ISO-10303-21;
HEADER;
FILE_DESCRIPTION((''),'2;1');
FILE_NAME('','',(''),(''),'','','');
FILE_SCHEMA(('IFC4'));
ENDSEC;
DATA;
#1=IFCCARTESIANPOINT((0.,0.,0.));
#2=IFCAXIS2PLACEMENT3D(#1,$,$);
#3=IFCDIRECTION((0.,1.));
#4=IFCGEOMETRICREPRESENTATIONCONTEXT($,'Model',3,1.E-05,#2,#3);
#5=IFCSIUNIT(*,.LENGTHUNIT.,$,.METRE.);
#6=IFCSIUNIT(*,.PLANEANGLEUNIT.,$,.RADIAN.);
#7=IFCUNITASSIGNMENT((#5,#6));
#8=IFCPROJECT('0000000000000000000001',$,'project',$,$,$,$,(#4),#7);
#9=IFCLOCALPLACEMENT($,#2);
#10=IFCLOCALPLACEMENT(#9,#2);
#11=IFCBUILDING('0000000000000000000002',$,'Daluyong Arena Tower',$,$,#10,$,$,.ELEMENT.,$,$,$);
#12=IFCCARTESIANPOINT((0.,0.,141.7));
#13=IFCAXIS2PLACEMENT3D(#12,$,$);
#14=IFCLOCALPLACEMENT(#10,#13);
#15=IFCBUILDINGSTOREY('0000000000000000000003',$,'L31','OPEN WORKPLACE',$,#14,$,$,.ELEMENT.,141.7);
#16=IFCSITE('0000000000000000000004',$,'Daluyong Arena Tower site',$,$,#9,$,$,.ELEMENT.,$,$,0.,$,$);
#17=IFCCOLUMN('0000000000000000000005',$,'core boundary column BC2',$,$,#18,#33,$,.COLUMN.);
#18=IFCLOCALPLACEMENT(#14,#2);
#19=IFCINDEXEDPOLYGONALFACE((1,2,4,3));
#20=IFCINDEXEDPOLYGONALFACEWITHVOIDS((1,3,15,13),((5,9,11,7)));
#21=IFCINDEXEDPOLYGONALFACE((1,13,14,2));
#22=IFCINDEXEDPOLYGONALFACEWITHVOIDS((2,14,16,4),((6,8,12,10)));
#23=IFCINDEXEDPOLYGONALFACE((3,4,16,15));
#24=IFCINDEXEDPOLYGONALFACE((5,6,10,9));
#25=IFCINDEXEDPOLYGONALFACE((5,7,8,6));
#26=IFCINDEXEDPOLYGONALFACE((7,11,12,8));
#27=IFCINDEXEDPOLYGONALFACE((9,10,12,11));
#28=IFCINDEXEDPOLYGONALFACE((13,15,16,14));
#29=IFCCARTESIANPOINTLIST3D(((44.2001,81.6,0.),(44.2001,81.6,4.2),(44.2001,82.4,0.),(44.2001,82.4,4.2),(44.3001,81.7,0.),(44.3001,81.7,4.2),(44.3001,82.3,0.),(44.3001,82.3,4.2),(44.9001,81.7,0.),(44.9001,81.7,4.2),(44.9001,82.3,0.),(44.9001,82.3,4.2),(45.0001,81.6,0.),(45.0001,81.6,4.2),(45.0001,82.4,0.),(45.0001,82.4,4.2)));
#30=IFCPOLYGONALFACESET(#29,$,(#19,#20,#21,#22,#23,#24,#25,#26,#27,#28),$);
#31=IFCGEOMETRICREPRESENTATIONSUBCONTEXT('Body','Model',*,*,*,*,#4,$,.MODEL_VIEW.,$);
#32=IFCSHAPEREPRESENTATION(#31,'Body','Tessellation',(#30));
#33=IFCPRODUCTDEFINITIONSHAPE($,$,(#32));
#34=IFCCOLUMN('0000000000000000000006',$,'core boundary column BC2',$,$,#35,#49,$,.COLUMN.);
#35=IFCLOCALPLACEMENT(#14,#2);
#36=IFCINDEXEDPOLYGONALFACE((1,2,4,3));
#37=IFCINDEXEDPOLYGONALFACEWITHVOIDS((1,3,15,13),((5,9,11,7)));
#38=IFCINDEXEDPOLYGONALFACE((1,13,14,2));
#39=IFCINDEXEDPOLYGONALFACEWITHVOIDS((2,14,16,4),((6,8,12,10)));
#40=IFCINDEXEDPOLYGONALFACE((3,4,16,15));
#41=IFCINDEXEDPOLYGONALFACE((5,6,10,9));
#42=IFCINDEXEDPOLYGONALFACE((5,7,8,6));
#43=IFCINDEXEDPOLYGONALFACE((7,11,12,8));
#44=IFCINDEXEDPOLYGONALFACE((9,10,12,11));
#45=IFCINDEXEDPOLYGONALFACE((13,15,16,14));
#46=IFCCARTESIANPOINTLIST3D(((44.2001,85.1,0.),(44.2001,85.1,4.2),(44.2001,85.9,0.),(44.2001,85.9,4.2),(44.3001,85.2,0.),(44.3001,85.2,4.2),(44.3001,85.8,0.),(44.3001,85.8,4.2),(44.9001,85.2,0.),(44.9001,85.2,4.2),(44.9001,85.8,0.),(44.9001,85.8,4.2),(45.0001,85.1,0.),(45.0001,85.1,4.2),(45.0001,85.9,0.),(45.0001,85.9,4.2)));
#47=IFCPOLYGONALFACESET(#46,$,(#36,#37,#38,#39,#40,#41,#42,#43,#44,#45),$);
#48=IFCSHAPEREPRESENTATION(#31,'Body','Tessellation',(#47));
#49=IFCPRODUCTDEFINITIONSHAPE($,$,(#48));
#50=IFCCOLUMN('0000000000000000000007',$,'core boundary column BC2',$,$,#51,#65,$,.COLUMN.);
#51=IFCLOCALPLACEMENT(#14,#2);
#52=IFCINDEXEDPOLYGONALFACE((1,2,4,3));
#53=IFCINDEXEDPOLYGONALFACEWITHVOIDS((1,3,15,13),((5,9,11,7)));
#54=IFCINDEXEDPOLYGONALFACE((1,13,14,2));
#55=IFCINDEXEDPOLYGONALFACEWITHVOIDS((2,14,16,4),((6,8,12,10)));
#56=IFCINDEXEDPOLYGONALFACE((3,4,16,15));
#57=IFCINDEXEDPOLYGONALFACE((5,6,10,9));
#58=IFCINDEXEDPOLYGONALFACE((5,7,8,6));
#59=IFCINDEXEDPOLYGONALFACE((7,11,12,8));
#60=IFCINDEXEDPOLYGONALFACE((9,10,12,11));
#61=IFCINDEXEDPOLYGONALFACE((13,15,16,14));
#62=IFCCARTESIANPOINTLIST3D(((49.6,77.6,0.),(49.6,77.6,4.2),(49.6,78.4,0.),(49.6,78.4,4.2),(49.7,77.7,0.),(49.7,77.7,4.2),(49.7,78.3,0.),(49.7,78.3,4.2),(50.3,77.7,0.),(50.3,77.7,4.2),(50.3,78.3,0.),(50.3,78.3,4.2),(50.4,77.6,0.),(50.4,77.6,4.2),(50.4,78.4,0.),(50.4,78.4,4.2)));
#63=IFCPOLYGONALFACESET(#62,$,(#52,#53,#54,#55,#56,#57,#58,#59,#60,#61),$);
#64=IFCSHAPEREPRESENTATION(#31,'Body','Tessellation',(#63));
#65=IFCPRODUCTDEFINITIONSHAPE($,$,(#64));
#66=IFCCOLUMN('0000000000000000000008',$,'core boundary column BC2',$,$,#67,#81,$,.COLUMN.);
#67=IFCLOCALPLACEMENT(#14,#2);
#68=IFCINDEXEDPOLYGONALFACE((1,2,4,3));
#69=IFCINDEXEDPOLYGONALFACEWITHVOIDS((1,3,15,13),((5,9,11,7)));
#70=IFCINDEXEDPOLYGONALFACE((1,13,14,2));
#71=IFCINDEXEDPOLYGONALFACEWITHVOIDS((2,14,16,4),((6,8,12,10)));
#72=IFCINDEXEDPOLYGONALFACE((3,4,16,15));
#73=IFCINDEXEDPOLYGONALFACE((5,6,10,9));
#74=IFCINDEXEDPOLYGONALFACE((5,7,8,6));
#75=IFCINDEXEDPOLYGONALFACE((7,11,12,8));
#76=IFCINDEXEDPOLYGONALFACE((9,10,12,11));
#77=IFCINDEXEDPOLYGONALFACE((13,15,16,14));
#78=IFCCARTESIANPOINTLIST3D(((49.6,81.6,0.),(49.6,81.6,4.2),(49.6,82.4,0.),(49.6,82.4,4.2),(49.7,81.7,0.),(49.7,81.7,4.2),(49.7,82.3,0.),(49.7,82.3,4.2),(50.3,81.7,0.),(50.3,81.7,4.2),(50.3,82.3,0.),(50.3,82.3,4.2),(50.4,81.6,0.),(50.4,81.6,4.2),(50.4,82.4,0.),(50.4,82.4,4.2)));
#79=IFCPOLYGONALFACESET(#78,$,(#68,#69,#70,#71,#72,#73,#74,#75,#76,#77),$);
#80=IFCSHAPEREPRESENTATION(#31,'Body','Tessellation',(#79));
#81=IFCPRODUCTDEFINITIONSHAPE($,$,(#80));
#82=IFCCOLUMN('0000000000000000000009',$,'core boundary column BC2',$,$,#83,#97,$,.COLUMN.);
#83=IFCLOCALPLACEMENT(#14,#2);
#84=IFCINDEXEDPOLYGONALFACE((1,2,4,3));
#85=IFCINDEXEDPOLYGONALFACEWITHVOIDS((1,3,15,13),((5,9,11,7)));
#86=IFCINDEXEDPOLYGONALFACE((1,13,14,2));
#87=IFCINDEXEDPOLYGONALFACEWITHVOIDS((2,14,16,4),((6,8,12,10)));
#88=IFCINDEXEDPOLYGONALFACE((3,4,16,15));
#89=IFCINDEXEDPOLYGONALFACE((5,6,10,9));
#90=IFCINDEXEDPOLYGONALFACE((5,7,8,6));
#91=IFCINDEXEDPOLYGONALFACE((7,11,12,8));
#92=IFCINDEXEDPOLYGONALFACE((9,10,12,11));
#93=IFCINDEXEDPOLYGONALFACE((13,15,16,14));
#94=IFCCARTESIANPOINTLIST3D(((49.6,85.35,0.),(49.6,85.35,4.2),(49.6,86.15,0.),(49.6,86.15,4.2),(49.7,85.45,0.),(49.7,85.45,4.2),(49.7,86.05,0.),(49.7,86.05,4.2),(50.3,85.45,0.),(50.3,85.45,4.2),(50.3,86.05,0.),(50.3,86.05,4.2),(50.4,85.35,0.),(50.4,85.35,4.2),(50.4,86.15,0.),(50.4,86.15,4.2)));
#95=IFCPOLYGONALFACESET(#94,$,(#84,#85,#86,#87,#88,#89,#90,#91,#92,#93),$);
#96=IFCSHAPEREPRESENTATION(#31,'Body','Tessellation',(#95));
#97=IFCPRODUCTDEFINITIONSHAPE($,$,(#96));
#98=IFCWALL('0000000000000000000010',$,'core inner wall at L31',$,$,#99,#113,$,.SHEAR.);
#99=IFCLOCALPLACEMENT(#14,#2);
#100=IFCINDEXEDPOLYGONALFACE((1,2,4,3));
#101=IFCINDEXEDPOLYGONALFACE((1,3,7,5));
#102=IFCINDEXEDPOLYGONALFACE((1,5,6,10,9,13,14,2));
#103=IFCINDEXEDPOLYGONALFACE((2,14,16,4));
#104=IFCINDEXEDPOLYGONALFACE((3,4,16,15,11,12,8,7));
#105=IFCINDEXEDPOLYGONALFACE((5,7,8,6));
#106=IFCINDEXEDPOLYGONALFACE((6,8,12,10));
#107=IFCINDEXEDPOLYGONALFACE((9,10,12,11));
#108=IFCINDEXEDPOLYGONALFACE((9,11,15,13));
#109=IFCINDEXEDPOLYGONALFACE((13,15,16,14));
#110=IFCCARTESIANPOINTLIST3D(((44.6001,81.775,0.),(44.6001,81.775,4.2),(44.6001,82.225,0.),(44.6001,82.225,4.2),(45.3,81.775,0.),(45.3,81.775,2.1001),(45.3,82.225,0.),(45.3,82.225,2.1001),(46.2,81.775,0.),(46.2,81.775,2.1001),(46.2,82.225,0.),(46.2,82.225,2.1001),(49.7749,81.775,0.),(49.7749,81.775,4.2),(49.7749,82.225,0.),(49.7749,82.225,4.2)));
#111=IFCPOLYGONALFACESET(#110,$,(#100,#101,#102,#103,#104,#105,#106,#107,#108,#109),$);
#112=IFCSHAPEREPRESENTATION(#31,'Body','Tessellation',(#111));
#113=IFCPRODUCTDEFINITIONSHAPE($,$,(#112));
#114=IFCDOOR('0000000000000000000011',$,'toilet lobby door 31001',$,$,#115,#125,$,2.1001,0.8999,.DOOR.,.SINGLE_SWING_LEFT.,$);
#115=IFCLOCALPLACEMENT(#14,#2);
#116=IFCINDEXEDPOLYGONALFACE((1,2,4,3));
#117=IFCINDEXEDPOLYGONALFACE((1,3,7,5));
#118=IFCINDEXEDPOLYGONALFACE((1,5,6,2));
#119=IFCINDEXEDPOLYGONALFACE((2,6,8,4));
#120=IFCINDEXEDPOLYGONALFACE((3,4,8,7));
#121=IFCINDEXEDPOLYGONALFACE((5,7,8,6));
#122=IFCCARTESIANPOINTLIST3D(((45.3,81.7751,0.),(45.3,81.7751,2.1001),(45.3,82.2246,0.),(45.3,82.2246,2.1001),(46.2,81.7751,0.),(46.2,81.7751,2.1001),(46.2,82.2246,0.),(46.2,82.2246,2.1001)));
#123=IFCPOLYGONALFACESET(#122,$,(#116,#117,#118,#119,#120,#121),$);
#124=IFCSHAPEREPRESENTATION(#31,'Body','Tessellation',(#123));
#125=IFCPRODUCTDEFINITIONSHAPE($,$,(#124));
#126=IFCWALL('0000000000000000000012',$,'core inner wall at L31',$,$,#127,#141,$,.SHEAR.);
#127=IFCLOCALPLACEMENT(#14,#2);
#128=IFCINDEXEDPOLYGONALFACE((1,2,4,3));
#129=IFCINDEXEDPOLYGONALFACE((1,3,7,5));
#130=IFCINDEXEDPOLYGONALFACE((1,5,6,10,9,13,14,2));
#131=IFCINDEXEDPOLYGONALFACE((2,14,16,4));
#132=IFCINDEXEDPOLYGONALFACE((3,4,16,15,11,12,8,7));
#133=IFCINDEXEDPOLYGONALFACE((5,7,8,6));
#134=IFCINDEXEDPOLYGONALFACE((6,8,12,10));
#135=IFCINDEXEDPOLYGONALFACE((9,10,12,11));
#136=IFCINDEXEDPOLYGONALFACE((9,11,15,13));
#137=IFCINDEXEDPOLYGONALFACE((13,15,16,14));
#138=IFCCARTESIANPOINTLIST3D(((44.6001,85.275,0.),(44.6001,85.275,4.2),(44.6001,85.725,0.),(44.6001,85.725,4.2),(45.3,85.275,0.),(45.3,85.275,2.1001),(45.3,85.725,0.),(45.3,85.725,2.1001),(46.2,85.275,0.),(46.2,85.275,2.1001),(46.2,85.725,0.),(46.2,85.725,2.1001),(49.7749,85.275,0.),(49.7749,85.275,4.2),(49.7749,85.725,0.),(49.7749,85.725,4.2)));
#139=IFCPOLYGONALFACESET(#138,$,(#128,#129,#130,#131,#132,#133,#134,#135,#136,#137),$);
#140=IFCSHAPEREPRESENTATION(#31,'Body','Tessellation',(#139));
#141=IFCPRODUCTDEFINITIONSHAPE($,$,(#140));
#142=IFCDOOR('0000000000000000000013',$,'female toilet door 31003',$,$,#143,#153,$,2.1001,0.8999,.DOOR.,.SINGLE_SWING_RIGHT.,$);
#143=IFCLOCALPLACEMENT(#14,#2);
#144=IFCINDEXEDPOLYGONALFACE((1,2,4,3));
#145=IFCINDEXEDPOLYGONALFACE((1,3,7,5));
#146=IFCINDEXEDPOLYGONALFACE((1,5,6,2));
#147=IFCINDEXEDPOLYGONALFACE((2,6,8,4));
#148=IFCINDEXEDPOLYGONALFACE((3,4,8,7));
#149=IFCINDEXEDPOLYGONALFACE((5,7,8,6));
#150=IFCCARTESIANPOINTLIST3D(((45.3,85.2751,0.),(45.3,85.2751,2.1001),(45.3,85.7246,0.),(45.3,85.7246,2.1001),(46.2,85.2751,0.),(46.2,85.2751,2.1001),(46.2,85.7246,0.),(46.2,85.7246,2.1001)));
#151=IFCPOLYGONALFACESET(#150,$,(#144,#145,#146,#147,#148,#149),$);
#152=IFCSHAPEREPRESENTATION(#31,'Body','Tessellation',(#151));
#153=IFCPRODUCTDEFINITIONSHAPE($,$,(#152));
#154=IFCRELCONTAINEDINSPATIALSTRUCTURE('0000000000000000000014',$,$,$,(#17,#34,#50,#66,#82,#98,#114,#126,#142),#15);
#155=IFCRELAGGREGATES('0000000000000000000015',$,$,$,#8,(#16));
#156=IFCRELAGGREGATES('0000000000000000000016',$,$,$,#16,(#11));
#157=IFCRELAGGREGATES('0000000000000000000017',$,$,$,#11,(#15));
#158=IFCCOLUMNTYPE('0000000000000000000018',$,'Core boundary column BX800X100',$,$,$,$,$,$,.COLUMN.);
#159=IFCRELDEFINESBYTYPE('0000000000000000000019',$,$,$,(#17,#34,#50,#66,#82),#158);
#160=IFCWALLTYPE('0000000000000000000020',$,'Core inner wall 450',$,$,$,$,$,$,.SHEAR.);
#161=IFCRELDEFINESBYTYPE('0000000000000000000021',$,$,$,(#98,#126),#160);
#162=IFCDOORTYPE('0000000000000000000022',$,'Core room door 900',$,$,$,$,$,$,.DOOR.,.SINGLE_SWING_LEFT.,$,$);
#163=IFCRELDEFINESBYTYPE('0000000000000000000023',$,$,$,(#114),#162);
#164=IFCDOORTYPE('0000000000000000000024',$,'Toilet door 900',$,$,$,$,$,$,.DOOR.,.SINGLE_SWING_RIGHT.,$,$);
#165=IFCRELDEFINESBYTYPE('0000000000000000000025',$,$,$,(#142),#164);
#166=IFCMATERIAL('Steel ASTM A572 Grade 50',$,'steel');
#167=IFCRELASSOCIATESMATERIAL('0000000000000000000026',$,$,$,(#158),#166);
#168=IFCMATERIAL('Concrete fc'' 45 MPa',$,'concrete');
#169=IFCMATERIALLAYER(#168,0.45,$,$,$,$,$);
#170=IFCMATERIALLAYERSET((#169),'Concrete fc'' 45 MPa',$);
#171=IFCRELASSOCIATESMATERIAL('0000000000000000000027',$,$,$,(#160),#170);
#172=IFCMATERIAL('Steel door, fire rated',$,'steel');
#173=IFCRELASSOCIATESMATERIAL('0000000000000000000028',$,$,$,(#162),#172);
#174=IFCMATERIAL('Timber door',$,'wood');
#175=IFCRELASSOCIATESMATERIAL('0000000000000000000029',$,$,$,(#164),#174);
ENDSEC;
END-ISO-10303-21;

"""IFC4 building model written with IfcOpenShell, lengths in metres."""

from ifc_helpers import new_model, si_unit, direction, frame, frame_2d, origin, origin_2d, place, context, subcontext, project, spatial, rectangle, hollow_rectangle, extrude, material, layer, layer_set, material_profile, profile_set, type_object, element, fill, save


model = new_model("IFC4")

# Units and contexts
model_context = context("Model", 3, precision=1e-05, world=origin(), true_north=direction((0.0, 1.0)))
body_context = subcontext(model_context, "Body", "Model", "MODEL_VIEW")
ifc_project = project(units=[si_unit("LENGTHUNIT", "METRE"), si_unit("PLANEANGLEUNIT", "RADIAN")], contexts=[model_context])

# Site, building, storey
site_placement = place(None, origin())
site = spatial("IfcSite", under=ifc_project, at=site_placement, Name="Daluyong Arena Tower site", CompositionType="ELEMENT", RefElevation=0.0)
building_placement = place(site_placement, origin())
building = spatial("IfcBuilding", under=site, at=building_placement, Name="Daluyong Arena Tower", CompositionType="ELEMENT")
storey_placement = place(building_placement, frame((0.0, 0.0, 141.7)))
storey = spatial("IfcBuildingStorey", under=building, at=storey_placement, Name="L31", Description="OPEN WORKPLACE", CompositionType="ELEMENT", Elevation=141.7)

# Columns
ifc_material_1 = material(Name="Steel ASTM A572 Grade 50", Category="steel")
ifc_material_profile = material_profile(ifc_material_1, hollow_rectangle(XDim=0.8, YDim=0.8, WallThickness=0.1, at=origin_2d()))
ifc_profile_set = profile_set([ifc_material_profile], Name="Steel ASTM A572 Grade 50")
column_type = type_object("IfcColumnType", Name="Core boundary column BX800X100", PredefinedType="COLUMN", material=ifc_profile_set)
for number, where, z_axis, x_axis, name in (
    (1, (44.6001, 82.0, 0.0), (0.0, 0.0, 1.0), (1.0, 0.0, 0.0), "core boundary column BC2"),
    (2, (44.6001, 85.5, 0.0), (0.0, 0.0, 1.0), (1.0, 0.0, 0.0), "core boundary column BC2"),
    (3, (50.0, 78.0, 0.0), (0.0, 0.0, 1.0), (1.0, 0.0, 0.0), "core boundary column BC2"),
    (4, (50.0, 82.0, 0.0), (0.0, 0.0, 1.0), (1.0, 0.0, 0.0), "core boundary column BC2"),
    (5, (50.0, 85.75, 0.0), (0.0, 0.0, 1.0), (1.0, 0.0, 0.0), "core boundary column BC2"),
):
    element("IfcColumn", number, at=place(storey_placement, frame(where, z_axis=z_axis, x_axis=x_axis)), inside=storey, type_object=column_type, Name=name, PredefinedType="COLUMN", context=body_context, shape_type="SweptSolid", body=[
        extrude(hollow_rectangle(XDim=0.8, YDim=0.8, WallThickness=0.1, at=origin_2d()), origin(), (0.0, 0.0, 1.0), 4.2),
    ])

# Walls, openings, doors
ifc_material_2 = material(Name="Concrete fc' 45 MPa", Category="concrete")
ifc_layer_1 = layer(ifc_material_2, 0.45)
ifc_layer_set_1 = layer_set([ifc_layer_1], Name="Concrete fc' 45 MPa")
wall_type_1 = type_object("IfcWallType", Name="Core inner wall 450", PredefinedType="SHEAR", material=ifc_layer_set_1)
wall_1_placement = place(storey_placement, frame((44.6001, 82.0, 0.0), z_axis=(0.0, 0.0, 1.0), x_axis=(1.0, 0.0, 0.0)))
wall_1 = element("IfcWall", 6, at=wall_1_placement, inside=storey, type_object=wall_type_1, Name="core inner wall at L31", PredefinedType="SHEAR", context=body_context, shape_type="SweptSolid", body=[
    extrude(rectangle(XDim=5.1748, YDim=0.45, at=frame_2d((2.5874, 0.0))), origin(), (0.0, 0.0, 1.0), 4.2),
])
opening_1_placement = place(wall_1_placement, frame((0.7, 0.0, 0.0)))
opening_1 = element("IfcOpeningElement", 7, at=opening_1_placement, cuts=wall_1, PredefinedType="OPENING", context=body_context, shape_type="SweptSolid", body=[
    extrude(rectangle(XDim=0.8999, YDim=2.1001, at=frame_2d((0.45, 1.05))), frame((0.0, 0.2349, 0.0), z_axis=(0.0, -1.0, 0.0), x_axis=(1.0, 0.0, 0.0)), (0.0, 0.0, 1.0), 0.47),
])
ifc_material_3 = material(Name="Steel door, fire rated", Category="steel")
door_type_1 = type_object("IfcDoorType", Name="Core room door 900", OperationType="SINGLE_SWING_LEFT", PredefinedType="DOOR", material=ifc_material_3)
door_1_placement = place(opening_1_placement, origin())
door_1 = element("IfcDoor", 8, at=door_1_placement, inside=storey, type_object=door_type_1, Name="toilet lobby door 31001", OperationType="SINGLE_SWING_LEFT", OverallHeight=2.1001, OverallWidth=0.8999, PredefinedType="DOOR", context=body_context, shape_type="SweptSolid", body=[
    extrude(rectangle(XDim=0.8999, YDim=2.1001, at=frame_2d((0.45, 1.05))), frame((0.0, 0.2246, 0.0), z_axis=(0.0, -1.0, 0.0), x_axis=(1.0, 0.0, 0.0)), (0.0, 0.0, 1.0), 0.4495),
])
fill(opening_1, door_1)
wall_2_placement = place(storey_placement, frame((44.6001, 85.5, 0.0), z_axis=(0.0, 0.0, 1.0), x_axis=(1.0, 0.0, 0.0)))
wall_2 = element("IfcWall", 9, at=wall_2_placement, inside=storey, type_object=wall_type_1, Name="core inner wall at L31", PredefinedType="SHEAR", context=body_context, shape_type="SweptSolid", body=[
    extrude(rectangle(XDim=5.1748, YDim=0.45, at=frame_2d((2.5874, 0.0))), origin(), (0.0, 0.0, 1.0), 4.2),
])
opening_2_placement = place(wall_2_placement, frame((0.7, 0.0, 0.0)))
opening_2 = element("IfcOpeningElement", 10, at=opening_2_placement, cuts=wall_2, PredefinedType="OPENING", context=body_context, shape_type="SweptSolid", body=[
    extrude(rectangle(XDim=0.8999, YDim=2.1001, at=frame_2d((0.45, 1.05))), frame((0.0, 0.2349, 0.0), z_axis=(0.0, -1.0, 0.0), x_axis=(1.0, 0.0, 0.0)), (0.0, 0.0, 1.0), 0.47),
])
ifc_material_4 = material(Name="Timber door", Category="wood")
door_type_2 = type_object("IfcDoorType", Name="Toilet door 900", OperationType="SINGLE_SWING_RIGHT", PredefinedType="DOOR", material=ifc_material_4)
door_2_placement = place(opening_2_placement, origin())
door_2 = element("IfcDoor", 11, at=door_2_placement, inside=storey, type_object=door_type_2, Name="female toilet door 31003", OperationType="SINGLE_SWING_RIGHT", OverallHeight=2.1001, OverallWidth=0.8999, PredefinedType="DOOR", context=body_context, shape_type="SweptSolid", body=[
    extrude(rectangle(XDim=0.8999, YDim=2.1001, at=frame_2d((0.45, 1.05))), frame((0.0, 0.2246, 0.0), z_axis=(0.0, -1.0, 0.0), x_axis=(1.0, 0.0, 0.0)), (0.0, 0.0, 1.0), 0.4495),
])
fill(opening_2, door_2)

save(model, "model.ifc")
